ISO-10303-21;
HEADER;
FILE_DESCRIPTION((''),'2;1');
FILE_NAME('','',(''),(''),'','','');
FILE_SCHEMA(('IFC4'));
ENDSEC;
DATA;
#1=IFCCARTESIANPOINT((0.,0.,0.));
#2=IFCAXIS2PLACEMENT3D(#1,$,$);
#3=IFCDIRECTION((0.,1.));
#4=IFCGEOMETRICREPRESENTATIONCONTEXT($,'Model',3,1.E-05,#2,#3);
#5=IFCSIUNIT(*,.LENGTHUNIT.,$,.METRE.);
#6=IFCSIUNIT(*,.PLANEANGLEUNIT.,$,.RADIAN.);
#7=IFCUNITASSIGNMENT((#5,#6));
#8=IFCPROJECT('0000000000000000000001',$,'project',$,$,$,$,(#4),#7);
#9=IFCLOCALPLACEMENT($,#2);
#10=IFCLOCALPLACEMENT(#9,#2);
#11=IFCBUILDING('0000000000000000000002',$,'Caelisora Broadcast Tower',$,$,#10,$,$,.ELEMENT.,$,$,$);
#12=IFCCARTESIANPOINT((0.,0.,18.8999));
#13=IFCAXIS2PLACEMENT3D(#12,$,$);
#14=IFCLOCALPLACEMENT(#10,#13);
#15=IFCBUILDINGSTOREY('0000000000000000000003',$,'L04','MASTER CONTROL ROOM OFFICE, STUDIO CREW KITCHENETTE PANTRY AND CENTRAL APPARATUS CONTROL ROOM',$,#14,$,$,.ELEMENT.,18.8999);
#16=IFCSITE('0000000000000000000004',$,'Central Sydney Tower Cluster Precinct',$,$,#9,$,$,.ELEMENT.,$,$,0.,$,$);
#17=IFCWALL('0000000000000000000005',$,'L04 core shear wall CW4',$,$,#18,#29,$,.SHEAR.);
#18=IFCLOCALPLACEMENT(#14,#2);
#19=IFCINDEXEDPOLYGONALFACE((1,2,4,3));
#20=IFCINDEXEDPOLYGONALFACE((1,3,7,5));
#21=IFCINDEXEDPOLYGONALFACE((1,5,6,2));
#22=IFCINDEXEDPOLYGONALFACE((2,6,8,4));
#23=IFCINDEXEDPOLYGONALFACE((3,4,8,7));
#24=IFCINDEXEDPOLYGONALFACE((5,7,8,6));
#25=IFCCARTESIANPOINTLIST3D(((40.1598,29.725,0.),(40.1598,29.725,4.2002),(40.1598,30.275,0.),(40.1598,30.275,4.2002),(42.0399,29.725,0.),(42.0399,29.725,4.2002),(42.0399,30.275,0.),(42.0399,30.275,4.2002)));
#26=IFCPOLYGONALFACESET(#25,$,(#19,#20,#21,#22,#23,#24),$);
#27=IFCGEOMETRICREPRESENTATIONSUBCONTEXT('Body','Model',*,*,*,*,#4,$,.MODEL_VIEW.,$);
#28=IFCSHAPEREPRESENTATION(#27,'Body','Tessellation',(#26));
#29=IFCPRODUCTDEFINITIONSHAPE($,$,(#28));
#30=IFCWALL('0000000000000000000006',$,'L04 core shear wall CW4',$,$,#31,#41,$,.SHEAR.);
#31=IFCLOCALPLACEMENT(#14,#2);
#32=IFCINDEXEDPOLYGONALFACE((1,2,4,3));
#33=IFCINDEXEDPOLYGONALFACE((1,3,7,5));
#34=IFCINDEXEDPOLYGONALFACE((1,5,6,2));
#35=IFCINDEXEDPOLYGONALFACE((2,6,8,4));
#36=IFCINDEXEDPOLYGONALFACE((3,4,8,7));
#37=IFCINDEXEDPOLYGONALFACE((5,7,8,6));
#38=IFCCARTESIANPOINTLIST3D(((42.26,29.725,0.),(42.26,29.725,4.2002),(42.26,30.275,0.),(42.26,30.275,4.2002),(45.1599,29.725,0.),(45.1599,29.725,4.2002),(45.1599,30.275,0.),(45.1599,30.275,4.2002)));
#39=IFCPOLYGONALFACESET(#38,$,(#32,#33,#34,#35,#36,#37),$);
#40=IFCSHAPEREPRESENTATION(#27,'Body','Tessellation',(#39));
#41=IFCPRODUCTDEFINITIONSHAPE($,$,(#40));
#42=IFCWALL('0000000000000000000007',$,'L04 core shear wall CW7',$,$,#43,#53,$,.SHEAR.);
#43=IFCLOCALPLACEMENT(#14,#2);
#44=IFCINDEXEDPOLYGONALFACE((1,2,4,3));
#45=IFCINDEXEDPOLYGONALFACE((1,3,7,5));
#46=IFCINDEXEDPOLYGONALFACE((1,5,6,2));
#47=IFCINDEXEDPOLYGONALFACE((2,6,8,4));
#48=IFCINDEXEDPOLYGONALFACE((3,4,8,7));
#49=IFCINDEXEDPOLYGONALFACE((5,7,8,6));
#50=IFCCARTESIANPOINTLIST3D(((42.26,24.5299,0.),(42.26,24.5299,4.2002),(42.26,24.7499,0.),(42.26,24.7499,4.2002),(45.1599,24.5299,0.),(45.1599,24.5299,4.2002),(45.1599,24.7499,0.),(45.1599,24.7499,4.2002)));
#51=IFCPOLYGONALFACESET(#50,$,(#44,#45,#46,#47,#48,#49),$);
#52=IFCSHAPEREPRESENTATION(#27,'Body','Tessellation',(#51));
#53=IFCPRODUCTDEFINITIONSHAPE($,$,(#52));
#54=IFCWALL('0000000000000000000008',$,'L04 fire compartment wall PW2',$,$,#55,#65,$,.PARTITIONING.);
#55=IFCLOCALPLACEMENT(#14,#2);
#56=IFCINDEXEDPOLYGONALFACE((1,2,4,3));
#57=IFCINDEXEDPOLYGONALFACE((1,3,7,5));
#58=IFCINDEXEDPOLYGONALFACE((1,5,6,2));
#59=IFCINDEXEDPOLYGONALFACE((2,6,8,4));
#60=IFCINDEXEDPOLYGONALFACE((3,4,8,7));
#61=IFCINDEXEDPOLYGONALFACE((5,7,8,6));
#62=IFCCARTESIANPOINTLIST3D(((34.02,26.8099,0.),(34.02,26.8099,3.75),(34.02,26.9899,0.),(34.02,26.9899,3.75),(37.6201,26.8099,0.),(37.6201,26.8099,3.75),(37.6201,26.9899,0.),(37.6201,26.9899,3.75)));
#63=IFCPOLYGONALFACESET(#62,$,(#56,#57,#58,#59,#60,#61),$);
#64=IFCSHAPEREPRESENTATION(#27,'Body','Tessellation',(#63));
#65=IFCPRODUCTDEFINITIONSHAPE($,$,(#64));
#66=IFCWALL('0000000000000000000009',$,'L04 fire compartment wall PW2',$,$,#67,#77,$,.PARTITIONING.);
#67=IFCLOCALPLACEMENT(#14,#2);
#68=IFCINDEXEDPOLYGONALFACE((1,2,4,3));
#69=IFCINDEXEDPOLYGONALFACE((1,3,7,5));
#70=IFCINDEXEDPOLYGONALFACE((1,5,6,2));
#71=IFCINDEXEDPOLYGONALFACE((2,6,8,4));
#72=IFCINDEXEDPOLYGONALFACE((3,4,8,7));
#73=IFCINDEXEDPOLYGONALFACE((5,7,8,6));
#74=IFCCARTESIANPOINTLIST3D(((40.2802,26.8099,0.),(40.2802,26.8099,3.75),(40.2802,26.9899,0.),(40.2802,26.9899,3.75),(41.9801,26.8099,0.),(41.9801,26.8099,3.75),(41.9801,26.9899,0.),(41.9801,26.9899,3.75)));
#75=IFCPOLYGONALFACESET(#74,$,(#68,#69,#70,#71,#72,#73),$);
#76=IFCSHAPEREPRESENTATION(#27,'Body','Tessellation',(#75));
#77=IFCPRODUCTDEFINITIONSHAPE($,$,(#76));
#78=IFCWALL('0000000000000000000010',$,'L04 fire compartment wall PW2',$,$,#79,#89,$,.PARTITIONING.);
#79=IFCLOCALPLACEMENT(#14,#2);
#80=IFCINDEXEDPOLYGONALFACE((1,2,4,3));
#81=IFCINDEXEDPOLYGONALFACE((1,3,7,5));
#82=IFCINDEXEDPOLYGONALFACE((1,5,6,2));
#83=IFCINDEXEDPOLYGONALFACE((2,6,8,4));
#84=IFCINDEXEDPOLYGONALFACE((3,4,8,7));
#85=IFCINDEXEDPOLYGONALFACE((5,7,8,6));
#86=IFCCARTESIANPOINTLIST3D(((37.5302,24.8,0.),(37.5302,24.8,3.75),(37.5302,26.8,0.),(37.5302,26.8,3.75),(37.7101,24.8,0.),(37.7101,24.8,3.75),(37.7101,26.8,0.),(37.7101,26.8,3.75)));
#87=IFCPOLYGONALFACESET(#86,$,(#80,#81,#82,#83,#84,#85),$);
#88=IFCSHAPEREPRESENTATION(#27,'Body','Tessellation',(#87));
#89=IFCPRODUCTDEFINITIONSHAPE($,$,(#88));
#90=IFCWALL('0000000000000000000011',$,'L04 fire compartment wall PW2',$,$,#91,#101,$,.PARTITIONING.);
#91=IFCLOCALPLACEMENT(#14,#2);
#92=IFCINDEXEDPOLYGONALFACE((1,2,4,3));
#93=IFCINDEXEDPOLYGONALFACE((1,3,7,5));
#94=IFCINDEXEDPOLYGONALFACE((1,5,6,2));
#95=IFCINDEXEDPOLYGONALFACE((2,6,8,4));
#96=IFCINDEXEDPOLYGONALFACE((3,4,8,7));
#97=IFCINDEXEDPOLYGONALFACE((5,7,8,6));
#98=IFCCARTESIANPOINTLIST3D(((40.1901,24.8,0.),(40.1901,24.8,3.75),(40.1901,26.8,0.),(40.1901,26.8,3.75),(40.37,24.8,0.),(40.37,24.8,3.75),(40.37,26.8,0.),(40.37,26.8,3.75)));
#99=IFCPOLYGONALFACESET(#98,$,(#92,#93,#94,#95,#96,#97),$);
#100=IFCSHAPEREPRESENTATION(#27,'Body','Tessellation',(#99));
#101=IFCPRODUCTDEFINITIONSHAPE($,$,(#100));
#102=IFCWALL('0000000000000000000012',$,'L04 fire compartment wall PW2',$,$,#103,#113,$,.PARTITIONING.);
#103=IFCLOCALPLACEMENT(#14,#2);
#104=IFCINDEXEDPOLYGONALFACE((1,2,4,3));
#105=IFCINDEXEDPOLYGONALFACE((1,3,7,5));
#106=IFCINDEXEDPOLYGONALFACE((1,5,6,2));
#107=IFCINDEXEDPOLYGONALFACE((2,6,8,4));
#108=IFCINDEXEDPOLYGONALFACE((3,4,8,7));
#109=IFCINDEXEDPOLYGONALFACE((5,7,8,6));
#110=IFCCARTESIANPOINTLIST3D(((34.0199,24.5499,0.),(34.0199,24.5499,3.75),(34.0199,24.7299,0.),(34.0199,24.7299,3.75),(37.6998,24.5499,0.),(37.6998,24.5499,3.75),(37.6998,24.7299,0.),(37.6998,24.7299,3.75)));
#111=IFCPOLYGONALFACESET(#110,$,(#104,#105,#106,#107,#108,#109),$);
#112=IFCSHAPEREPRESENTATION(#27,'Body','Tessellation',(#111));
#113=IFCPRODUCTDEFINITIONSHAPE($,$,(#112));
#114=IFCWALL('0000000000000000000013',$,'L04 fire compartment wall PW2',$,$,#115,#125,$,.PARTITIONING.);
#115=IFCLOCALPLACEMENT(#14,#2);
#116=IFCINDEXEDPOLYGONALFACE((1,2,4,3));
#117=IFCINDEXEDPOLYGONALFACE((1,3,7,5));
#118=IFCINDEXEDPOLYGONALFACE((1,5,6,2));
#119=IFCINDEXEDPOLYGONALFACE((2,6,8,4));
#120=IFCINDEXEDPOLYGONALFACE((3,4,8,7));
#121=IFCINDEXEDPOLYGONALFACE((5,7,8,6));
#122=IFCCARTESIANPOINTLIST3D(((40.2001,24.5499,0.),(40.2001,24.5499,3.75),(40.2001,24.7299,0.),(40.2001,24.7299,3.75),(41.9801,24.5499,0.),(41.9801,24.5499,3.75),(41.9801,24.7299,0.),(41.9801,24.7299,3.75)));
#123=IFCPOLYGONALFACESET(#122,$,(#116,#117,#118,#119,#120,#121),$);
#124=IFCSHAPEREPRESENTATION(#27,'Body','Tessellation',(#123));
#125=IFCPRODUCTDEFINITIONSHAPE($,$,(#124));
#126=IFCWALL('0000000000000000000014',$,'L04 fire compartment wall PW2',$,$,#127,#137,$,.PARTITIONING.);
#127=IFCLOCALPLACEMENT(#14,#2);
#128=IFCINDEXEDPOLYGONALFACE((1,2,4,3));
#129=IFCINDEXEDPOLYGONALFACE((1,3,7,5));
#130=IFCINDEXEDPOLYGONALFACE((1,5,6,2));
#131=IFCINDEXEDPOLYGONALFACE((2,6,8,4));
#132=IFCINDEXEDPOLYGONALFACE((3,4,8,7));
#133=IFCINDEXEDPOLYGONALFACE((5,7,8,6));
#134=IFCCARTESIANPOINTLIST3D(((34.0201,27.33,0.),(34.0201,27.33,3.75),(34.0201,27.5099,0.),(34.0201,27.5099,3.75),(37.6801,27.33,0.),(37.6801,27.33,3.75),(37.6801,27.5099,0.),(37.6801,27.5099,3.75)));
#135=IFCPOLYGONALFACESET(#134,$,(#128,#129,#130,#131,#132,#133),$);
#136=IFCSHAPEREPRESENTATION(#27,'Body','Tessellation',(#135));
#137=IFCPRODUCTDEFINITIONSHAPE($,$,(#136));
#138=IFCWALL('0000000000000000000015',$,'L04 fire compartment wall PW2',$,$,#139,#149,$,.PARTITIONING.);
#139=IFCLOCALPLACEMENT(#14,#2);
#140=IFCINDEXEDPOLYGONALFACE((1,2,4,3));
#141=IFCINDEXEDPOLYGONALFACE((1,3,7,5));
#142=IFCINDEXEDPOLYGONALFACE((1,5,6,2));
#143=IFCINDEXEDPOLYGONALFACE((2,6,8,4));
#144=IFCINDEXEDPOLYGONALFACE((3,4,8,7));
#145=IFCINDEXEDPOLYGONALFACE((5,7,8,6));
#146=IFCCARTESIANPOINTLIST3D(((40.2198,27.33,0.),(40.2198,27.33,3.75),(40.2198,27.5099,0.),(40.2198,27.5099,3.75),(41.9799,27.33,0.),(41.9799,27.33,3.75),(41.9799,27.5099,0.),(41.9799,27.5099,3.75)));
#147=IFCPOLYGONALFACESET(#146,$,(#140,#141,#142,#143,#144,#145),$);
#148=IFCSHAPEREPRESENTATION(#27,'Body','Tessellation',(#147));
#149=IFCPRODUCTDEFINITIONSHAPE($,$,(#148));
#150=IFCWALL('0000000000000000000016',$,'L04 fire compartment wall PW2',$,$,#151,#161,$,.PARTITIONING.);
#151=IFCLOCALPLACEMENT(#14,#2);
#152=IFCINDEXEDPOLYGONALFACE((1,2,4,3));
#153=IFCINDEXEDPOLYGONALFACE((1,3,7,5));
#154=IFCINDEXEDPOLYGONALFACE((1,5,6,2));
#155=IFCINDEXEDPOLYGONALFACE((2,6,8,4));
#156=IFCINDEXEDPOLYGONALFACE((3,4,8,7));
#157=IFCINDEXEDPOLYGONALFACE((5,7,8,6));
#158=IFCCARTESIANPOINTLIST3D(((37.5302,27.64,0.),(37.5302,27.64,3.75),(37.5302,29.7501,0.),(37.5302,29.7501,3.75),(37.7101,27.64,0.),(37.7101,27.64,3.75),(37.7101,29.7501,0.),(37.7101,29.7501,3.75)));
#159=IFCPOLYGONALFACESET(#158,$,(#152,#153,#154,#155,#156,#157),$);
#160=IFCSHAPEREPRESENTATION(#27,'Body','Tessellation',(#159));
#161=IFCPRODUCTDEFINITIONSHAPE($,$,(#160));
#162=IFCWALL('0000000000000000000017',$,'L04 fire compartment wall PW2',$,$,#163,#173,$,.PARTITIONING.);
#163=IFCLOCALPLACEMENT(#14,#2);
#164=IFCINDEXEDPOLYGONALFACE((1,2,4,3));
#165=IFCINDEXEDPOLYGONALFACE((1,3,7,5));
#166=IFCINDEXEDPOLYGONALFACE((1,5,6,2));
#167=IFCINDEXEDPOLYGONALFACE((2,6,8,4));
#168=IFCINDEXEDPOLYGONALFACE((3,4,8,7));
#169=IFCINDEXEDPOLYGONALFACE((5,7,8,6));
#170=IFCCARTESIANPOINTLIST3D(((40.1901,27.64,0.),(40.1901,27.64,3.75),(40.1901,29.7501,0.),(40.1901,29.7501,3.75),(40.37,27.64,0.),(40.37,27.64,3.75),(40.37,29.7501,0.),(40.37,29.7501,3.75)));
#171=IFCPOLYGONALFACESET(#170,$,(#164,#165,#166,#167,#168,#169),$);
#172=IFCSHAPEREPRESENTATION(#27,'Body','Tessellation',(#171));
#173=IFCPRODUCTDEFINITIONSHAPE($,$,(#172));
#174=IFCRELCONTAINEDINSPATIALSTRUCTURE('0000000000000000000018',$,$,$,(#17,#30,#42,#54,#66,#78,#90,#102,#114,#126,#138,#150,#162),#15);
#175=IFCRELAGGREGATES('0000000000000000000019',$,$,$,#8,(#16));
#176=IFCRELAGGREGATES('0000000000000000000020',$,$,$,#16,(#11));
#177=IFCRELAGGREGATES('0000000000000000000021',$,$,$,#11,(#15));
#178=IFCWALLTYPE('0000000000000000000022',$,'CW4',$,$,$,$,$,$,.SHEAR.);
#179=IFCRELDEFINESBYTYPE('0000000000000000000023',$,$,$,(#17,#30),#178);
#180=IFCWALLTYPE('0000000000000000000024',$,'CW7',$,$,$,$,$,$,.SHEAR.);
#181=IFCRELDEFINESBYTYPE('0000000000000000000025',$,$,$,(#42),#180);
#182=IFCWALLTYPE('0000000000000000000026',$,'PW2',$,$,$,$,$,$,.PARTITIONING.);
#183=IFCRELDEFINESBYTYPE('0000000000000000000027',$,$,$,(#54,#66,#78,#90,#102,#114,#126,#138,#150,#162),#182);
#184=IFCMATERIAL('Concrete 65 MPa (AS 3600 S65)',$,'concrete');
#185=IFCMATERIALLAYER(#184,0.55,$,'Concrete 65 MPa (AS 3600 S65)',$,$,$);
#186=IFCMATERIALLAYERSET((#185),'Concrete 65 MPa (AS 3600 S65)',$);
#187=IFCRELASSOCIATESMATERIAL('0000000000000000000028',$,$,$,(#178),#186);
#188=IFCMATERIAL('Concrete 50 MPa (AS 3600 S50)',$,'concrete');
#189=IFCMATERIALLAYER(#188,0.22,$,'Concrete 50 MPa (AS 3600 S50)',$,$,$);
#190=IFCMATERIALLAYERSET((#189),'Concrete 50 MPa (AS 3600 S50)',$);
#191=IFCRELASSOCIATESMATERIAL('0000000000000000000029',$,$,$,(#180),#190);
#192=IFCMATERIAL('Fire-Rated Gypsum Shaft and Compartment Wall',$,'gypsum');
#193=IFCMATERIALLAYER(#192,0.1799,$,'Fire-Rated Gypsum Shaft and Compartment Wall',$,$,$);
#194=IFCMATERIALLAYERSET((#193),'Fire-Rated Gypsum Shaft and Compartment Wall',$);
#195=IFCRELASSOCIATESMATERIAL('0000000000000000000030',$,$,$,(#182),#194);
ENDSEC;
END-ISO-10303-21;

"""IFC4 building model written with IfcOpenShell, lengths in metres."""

from ifc_helpers import new_model, si_unit, direction, frame, frame_2d, origin, place, context, subcontext, project, spatial, rectangle, extrude, material, layer, layer_set, type_object, element, save


model = new_model("IFC4")

# Units and contexts
model_context = context("Model", 3, precision=1e-05, world=origin(), true_north=direction((0.0, 1.0)))
body_context = subcontext(model_context, "Body", "Model", "MODEL_VIEW")
ifc_project = project(units=[si_unit("LENGTHUNIT", "METRE"), si_unit("PLANEANGLEUNIT", "RADIAN")], contexts=[model_context])

# Site, building, storey
site_placement = place(None, origin())
site = spatial("IfcSite", under=ifc_project, at=site_placement, Name="Central Sydney Tower Cluster Precinct", CompositionType="ELEMENT", RefElevation=0.0)
building_placement = place(site_placement, origin())
building = spatial("IfcBuilding", under=site, at=building_placement, Name="Caelisora Broadcast Tower", CompositionType="ELEMENT")
storey_placement = place(building_placement, frame((0.0, 0.0, 18.8999)))
storey = spatial("IfcBuildingStorey", under=building, at=storey_placement, Name="L04", Description="MASTER CONTROL ROOM OFFICE, STUDIO CREW KITCHENETTE PANTRY AND CENTRAL APPARATUS CONTROL ROOM", CompositionType="ELEMENT", Elevation=18.8999)

# Shared definitions
ifc_material_1 = material(Name="Concrete 65 MPa (AS 3600 S65)", Category="concrete")

# Walls
ifc_layer_1 = layer(ifc_material_1, 0.55, Name="Concrete 65 MPa (AS 3600 S65)")
ifc_layer_set_1 = layer_set([ifc_layer_1], Name="Concrete 65 MPa (AS 3600 S65)")
wall_type_1 = type_object("IfcWallType", Name="CW4", PredefinedType="SHEAR", material=ifc_layer_set_1)
wall_1_placement = place(storey_placement, frame((40.1599, 30.0, 0.0), z_axis=(0.0, 0.0, 1.0), x_axis=(1.0, 0.0, 0.0)))
element("IfcWall", 1, at=wall_1_placement, inside=storey, type_object=wall_type_1, Name="L04 core shear wall CW4", PredefinedType="SHEAR", context=body_context, shape_type="SweptSolid", body=[
    extrude(rectangle(XDim=1.8801, YDim=0.55, at=frame_2d((0.9399, 0.0))), origin(), (0.0, 0.0, 1.0), 4.2002),
])
wall_2_placement = place(storey_placement, frame((42.26, 30.0, 0.0), z_axis=(0.0, 0.0, 1.0), x_axis=(1.0, 0.0, 0.0)))
element("IfcWall", 2, at=wall_2_placement, inside=storey, type_object=wall_type_1, Name="L04 core shear wall CW4", PredefinedType="SHEAR", context=body_context, shape_type="SweptSolid", body=[
    extrude(rectangle(XDim=2.8999, YDim=0.55, at=frame_2d((1.45, 0.0))), origin(), (0.0, 0.0, 1.0), 4.2002),
])
ifc_material_2 = material(Name="Concrete 50 MPa (AS 3600 S50)", Category="concrete")
ifc_layer_2 = layer(ifc_material_2, 0.22, Name="Concrete 50 MPa (AS 3600 S50)")
ifc_layer_set_2 = layer_set([ifc_layer_2], Name="Concrete 50 MPa (AS 3600 S50)")
wall_type_2 = type_object("IfcWallType", Name="CW7", PredefinedType="SHEAR", material=ifc_layer_set_2)
wall_3_placement = place(storey_placement, frame((42.26, 24.6399, 0.0), z_axis=(0.0, 0.0, 1.0), x_axis=(1.0, 0.0, 0.0)))
element("IfcWall", 3, at=wall_3_placement, inside=storey, type_object=wall_type_2, Name="L04 core shear wall CW7", PredefinedType="SHEAR", context=body_context, shape_type="SweptSolid", body=[
    extrude(rectangle(XDim=2.8999, YDim=0.22, at=frame_2d((1.45, 0.0))), origin(), (0.0, 0.0, 1.0), 4.2002),
])
ifc_material_3 = material(Name="Fire-Rated Gypsum Shaft and Compartment Wall", Category="gypsum")
ifc_layer_3 = layer(ifc_material_3, 0.1799, Name="Fire-Rated Gypsum Shaft and Compartment Wall")
ifc_layer_set_3 = layer_set([ifc_layer_3], Name="Fire-Rated Gypsum Shaft and Compartment Wall")
wall_type_3 = type_object("IfcWallType", Name="PW2", PredefinedType="PARTITIONING", material=ifc_layer_set_3)
wall_4_placement = place(storey_placement, frame((34.02, 26.8999, 0.0), z_axis=(0.0, 0.0, 1.0), x_axis=(1.0, 0.0, 0.0)))
element("IfcWall", 4, at=wall_4_placement, inside=storey, type_object=wall_type_3, Name="L04 fire compartment wall PW2", PredefinedType="PARTITIONING", context=body_context, shape_type="SweptSolid", body=[
    extrude(rectangle(XDim=3.6001, YDim=0.1799, at=frame_2d((1.8, 0.0))), origin(), (0.0, 0.0, 1.0), 3.75),
])
wall_5_placement = place(storey_placement, frame((40.28, 26.8999, 0.0), z_axis=(0.0, 0.0, 1.0), x_axis=(1.0, 0.0, 0.0)))
element("IfcWall", 5, at=wall_5_placement, inside=storey, type_object=wall_type_3, Name="L04 fire compartment wall PW2", PredefinedType="PARTITIONING", context=body_context, shape_type="SweptSolid", body=[
    extrude(rectangle(XDim=1.7, YDim=0.1799, at=frame_2d((0.8501, 0.0))), origin(), (0.0, 0.0, 1.0), 3.75),
])
for number, where, z_axis, x_axis, name in (
    (6, (37.6201, 24.8, 0.0), (0.0, 0.0, 1.0), (0.0, 1.0, 0.0), "L04 fire compartment wall PW2"),
    (7, (40.28, 24.8, 0.0), (0.0, 0.0, 1.0), (0.0, 1.0, 0.0), "L04 fire compartment wall PW2"),
):
    element("IfcWall", number, at=place(storey_placement, frame(where, z_axis=z_axis, x_axis=x_axis)), inside=storey, type_object=wall_type_3, Name=name, PredefinedType="PARTITIONING", context=body_context, shape_type="SweptSolid", body=[
        extrude(rectangle(XDim=2.0, YDim=0.1799, at=frame_2d((1.0, 0.0))), origin(), (0.0, 0.0, 1.0), 3.75),
    ])
wall_6_placement = place(storey_placement, frame((34.02, 24.6399, 0.0), z_axis=(0.0, 0.0, 1.0), x_axis=(1.0, 0.0, 0.0)))
element("IfcWall", 8, at=wall_6_placement, inside=storey, type_object=wall_type_3, Name="L04 fire compartment wall PW2", PredefinedType="PARTITIONING", context=body_context, shape_type="SweptSolid", body=[
    extrude(rectangle(XDim=3.6799, YDim=0.1799, at=frame_2d((1.8398, 0.0))), origin(), (0.0, 0.0, 1.0), 3.75),
])
wall_7_placement = place(storey_placement, frame((40.2, 24.6399, 0.0), z_axis=(0.0, 0.0, 1.0), x_axis=(1.0, 0.0, 0.0)))
element("IfcWall", 9, at=wall_7_placement, inside=storey, type_object=wall_type_3, Name="L04 fire compartment wall PW2", PredefinedType="PARTITIONING", context=body_context, shape_type="SweptSolid", body=[
    extrude(rectangle(XDim=1.78, YDim=0.1799, at=frame_2d((0.8901, 0.0))), origin(), (0.0, 0.0, 1.0), 3.75),
])
wall_8_placement = place(storey_placement, frame((34.02, 27.4199, 0.0), z_axis=(0.0, 0.0, 1.0), x_axis=(1.0, 0.0, 0.0)))
element("IfcWall", 10, at=wall_8_placement, inside=storey, type_object=wall_type_3, Name="L04 fire compartment wall PW2", PredefinedType="PARTITIONING", context=body_context, shape_type="SweptSolid", body=[
    extrude(rectangle(XDim=3.6599, YDim=0.1799, at=frame_2d((1.8301, 0.0))), origin(), (0.0, 0.0, 1.0), 3.75),
])
wall_9_placement = place(storey_placement, frame((40.22, 27.4199, 0.0), z_axis=(0.0, 0.0, 1.0), x_axis=(1.0, 0.0, 0.0)))
element("IfcWall", 11, at=wall_9_placement, inside=storey, type_object=wall_type_3, Name="L04 fire compartment wall PW2", PredefinedType="PARTITIONING", context=body_context, shape_type="SweptSolid", body=[
    extrude(rectangle(XDim=1.76, YDim=0.1799, at=frame_2d((0.8799, 0.0))), origin(), (0.0, 0.0, 1.0), 3.75),
])
for number, where, z_axis, x_axis, name in (
    (12, (37.6201, 27.6399, 0.0), (0.0, 0.0, 1.0), (0.0, 1.0, 0.0), "L04 fire compartment wall PW2"),
    (13, (40.28, 27.6399, 0.0), (0.0, 0.0, 1.0), (0.0, 1.0, 0.0), "L04 fire compartment wall PW2"),
):
    element("IfcWall", number, at=place(storey_placement, frame(where, z_axis=z_axis, x_axis=x_axis)), inside=storey, type_object=wall_type_3, Name=name, PredefinedType="PARTITIONING", context=body_context, shape_type="SweptSolid", body=[
        extrude(rectangle(XDim=2.1101, YDim=0.1799, at=frame_2d((1.0552, 0.0))), origin(), (0.0, 0.0, 1.0), 3.75),
    ])

save(model, "model.ifc")
